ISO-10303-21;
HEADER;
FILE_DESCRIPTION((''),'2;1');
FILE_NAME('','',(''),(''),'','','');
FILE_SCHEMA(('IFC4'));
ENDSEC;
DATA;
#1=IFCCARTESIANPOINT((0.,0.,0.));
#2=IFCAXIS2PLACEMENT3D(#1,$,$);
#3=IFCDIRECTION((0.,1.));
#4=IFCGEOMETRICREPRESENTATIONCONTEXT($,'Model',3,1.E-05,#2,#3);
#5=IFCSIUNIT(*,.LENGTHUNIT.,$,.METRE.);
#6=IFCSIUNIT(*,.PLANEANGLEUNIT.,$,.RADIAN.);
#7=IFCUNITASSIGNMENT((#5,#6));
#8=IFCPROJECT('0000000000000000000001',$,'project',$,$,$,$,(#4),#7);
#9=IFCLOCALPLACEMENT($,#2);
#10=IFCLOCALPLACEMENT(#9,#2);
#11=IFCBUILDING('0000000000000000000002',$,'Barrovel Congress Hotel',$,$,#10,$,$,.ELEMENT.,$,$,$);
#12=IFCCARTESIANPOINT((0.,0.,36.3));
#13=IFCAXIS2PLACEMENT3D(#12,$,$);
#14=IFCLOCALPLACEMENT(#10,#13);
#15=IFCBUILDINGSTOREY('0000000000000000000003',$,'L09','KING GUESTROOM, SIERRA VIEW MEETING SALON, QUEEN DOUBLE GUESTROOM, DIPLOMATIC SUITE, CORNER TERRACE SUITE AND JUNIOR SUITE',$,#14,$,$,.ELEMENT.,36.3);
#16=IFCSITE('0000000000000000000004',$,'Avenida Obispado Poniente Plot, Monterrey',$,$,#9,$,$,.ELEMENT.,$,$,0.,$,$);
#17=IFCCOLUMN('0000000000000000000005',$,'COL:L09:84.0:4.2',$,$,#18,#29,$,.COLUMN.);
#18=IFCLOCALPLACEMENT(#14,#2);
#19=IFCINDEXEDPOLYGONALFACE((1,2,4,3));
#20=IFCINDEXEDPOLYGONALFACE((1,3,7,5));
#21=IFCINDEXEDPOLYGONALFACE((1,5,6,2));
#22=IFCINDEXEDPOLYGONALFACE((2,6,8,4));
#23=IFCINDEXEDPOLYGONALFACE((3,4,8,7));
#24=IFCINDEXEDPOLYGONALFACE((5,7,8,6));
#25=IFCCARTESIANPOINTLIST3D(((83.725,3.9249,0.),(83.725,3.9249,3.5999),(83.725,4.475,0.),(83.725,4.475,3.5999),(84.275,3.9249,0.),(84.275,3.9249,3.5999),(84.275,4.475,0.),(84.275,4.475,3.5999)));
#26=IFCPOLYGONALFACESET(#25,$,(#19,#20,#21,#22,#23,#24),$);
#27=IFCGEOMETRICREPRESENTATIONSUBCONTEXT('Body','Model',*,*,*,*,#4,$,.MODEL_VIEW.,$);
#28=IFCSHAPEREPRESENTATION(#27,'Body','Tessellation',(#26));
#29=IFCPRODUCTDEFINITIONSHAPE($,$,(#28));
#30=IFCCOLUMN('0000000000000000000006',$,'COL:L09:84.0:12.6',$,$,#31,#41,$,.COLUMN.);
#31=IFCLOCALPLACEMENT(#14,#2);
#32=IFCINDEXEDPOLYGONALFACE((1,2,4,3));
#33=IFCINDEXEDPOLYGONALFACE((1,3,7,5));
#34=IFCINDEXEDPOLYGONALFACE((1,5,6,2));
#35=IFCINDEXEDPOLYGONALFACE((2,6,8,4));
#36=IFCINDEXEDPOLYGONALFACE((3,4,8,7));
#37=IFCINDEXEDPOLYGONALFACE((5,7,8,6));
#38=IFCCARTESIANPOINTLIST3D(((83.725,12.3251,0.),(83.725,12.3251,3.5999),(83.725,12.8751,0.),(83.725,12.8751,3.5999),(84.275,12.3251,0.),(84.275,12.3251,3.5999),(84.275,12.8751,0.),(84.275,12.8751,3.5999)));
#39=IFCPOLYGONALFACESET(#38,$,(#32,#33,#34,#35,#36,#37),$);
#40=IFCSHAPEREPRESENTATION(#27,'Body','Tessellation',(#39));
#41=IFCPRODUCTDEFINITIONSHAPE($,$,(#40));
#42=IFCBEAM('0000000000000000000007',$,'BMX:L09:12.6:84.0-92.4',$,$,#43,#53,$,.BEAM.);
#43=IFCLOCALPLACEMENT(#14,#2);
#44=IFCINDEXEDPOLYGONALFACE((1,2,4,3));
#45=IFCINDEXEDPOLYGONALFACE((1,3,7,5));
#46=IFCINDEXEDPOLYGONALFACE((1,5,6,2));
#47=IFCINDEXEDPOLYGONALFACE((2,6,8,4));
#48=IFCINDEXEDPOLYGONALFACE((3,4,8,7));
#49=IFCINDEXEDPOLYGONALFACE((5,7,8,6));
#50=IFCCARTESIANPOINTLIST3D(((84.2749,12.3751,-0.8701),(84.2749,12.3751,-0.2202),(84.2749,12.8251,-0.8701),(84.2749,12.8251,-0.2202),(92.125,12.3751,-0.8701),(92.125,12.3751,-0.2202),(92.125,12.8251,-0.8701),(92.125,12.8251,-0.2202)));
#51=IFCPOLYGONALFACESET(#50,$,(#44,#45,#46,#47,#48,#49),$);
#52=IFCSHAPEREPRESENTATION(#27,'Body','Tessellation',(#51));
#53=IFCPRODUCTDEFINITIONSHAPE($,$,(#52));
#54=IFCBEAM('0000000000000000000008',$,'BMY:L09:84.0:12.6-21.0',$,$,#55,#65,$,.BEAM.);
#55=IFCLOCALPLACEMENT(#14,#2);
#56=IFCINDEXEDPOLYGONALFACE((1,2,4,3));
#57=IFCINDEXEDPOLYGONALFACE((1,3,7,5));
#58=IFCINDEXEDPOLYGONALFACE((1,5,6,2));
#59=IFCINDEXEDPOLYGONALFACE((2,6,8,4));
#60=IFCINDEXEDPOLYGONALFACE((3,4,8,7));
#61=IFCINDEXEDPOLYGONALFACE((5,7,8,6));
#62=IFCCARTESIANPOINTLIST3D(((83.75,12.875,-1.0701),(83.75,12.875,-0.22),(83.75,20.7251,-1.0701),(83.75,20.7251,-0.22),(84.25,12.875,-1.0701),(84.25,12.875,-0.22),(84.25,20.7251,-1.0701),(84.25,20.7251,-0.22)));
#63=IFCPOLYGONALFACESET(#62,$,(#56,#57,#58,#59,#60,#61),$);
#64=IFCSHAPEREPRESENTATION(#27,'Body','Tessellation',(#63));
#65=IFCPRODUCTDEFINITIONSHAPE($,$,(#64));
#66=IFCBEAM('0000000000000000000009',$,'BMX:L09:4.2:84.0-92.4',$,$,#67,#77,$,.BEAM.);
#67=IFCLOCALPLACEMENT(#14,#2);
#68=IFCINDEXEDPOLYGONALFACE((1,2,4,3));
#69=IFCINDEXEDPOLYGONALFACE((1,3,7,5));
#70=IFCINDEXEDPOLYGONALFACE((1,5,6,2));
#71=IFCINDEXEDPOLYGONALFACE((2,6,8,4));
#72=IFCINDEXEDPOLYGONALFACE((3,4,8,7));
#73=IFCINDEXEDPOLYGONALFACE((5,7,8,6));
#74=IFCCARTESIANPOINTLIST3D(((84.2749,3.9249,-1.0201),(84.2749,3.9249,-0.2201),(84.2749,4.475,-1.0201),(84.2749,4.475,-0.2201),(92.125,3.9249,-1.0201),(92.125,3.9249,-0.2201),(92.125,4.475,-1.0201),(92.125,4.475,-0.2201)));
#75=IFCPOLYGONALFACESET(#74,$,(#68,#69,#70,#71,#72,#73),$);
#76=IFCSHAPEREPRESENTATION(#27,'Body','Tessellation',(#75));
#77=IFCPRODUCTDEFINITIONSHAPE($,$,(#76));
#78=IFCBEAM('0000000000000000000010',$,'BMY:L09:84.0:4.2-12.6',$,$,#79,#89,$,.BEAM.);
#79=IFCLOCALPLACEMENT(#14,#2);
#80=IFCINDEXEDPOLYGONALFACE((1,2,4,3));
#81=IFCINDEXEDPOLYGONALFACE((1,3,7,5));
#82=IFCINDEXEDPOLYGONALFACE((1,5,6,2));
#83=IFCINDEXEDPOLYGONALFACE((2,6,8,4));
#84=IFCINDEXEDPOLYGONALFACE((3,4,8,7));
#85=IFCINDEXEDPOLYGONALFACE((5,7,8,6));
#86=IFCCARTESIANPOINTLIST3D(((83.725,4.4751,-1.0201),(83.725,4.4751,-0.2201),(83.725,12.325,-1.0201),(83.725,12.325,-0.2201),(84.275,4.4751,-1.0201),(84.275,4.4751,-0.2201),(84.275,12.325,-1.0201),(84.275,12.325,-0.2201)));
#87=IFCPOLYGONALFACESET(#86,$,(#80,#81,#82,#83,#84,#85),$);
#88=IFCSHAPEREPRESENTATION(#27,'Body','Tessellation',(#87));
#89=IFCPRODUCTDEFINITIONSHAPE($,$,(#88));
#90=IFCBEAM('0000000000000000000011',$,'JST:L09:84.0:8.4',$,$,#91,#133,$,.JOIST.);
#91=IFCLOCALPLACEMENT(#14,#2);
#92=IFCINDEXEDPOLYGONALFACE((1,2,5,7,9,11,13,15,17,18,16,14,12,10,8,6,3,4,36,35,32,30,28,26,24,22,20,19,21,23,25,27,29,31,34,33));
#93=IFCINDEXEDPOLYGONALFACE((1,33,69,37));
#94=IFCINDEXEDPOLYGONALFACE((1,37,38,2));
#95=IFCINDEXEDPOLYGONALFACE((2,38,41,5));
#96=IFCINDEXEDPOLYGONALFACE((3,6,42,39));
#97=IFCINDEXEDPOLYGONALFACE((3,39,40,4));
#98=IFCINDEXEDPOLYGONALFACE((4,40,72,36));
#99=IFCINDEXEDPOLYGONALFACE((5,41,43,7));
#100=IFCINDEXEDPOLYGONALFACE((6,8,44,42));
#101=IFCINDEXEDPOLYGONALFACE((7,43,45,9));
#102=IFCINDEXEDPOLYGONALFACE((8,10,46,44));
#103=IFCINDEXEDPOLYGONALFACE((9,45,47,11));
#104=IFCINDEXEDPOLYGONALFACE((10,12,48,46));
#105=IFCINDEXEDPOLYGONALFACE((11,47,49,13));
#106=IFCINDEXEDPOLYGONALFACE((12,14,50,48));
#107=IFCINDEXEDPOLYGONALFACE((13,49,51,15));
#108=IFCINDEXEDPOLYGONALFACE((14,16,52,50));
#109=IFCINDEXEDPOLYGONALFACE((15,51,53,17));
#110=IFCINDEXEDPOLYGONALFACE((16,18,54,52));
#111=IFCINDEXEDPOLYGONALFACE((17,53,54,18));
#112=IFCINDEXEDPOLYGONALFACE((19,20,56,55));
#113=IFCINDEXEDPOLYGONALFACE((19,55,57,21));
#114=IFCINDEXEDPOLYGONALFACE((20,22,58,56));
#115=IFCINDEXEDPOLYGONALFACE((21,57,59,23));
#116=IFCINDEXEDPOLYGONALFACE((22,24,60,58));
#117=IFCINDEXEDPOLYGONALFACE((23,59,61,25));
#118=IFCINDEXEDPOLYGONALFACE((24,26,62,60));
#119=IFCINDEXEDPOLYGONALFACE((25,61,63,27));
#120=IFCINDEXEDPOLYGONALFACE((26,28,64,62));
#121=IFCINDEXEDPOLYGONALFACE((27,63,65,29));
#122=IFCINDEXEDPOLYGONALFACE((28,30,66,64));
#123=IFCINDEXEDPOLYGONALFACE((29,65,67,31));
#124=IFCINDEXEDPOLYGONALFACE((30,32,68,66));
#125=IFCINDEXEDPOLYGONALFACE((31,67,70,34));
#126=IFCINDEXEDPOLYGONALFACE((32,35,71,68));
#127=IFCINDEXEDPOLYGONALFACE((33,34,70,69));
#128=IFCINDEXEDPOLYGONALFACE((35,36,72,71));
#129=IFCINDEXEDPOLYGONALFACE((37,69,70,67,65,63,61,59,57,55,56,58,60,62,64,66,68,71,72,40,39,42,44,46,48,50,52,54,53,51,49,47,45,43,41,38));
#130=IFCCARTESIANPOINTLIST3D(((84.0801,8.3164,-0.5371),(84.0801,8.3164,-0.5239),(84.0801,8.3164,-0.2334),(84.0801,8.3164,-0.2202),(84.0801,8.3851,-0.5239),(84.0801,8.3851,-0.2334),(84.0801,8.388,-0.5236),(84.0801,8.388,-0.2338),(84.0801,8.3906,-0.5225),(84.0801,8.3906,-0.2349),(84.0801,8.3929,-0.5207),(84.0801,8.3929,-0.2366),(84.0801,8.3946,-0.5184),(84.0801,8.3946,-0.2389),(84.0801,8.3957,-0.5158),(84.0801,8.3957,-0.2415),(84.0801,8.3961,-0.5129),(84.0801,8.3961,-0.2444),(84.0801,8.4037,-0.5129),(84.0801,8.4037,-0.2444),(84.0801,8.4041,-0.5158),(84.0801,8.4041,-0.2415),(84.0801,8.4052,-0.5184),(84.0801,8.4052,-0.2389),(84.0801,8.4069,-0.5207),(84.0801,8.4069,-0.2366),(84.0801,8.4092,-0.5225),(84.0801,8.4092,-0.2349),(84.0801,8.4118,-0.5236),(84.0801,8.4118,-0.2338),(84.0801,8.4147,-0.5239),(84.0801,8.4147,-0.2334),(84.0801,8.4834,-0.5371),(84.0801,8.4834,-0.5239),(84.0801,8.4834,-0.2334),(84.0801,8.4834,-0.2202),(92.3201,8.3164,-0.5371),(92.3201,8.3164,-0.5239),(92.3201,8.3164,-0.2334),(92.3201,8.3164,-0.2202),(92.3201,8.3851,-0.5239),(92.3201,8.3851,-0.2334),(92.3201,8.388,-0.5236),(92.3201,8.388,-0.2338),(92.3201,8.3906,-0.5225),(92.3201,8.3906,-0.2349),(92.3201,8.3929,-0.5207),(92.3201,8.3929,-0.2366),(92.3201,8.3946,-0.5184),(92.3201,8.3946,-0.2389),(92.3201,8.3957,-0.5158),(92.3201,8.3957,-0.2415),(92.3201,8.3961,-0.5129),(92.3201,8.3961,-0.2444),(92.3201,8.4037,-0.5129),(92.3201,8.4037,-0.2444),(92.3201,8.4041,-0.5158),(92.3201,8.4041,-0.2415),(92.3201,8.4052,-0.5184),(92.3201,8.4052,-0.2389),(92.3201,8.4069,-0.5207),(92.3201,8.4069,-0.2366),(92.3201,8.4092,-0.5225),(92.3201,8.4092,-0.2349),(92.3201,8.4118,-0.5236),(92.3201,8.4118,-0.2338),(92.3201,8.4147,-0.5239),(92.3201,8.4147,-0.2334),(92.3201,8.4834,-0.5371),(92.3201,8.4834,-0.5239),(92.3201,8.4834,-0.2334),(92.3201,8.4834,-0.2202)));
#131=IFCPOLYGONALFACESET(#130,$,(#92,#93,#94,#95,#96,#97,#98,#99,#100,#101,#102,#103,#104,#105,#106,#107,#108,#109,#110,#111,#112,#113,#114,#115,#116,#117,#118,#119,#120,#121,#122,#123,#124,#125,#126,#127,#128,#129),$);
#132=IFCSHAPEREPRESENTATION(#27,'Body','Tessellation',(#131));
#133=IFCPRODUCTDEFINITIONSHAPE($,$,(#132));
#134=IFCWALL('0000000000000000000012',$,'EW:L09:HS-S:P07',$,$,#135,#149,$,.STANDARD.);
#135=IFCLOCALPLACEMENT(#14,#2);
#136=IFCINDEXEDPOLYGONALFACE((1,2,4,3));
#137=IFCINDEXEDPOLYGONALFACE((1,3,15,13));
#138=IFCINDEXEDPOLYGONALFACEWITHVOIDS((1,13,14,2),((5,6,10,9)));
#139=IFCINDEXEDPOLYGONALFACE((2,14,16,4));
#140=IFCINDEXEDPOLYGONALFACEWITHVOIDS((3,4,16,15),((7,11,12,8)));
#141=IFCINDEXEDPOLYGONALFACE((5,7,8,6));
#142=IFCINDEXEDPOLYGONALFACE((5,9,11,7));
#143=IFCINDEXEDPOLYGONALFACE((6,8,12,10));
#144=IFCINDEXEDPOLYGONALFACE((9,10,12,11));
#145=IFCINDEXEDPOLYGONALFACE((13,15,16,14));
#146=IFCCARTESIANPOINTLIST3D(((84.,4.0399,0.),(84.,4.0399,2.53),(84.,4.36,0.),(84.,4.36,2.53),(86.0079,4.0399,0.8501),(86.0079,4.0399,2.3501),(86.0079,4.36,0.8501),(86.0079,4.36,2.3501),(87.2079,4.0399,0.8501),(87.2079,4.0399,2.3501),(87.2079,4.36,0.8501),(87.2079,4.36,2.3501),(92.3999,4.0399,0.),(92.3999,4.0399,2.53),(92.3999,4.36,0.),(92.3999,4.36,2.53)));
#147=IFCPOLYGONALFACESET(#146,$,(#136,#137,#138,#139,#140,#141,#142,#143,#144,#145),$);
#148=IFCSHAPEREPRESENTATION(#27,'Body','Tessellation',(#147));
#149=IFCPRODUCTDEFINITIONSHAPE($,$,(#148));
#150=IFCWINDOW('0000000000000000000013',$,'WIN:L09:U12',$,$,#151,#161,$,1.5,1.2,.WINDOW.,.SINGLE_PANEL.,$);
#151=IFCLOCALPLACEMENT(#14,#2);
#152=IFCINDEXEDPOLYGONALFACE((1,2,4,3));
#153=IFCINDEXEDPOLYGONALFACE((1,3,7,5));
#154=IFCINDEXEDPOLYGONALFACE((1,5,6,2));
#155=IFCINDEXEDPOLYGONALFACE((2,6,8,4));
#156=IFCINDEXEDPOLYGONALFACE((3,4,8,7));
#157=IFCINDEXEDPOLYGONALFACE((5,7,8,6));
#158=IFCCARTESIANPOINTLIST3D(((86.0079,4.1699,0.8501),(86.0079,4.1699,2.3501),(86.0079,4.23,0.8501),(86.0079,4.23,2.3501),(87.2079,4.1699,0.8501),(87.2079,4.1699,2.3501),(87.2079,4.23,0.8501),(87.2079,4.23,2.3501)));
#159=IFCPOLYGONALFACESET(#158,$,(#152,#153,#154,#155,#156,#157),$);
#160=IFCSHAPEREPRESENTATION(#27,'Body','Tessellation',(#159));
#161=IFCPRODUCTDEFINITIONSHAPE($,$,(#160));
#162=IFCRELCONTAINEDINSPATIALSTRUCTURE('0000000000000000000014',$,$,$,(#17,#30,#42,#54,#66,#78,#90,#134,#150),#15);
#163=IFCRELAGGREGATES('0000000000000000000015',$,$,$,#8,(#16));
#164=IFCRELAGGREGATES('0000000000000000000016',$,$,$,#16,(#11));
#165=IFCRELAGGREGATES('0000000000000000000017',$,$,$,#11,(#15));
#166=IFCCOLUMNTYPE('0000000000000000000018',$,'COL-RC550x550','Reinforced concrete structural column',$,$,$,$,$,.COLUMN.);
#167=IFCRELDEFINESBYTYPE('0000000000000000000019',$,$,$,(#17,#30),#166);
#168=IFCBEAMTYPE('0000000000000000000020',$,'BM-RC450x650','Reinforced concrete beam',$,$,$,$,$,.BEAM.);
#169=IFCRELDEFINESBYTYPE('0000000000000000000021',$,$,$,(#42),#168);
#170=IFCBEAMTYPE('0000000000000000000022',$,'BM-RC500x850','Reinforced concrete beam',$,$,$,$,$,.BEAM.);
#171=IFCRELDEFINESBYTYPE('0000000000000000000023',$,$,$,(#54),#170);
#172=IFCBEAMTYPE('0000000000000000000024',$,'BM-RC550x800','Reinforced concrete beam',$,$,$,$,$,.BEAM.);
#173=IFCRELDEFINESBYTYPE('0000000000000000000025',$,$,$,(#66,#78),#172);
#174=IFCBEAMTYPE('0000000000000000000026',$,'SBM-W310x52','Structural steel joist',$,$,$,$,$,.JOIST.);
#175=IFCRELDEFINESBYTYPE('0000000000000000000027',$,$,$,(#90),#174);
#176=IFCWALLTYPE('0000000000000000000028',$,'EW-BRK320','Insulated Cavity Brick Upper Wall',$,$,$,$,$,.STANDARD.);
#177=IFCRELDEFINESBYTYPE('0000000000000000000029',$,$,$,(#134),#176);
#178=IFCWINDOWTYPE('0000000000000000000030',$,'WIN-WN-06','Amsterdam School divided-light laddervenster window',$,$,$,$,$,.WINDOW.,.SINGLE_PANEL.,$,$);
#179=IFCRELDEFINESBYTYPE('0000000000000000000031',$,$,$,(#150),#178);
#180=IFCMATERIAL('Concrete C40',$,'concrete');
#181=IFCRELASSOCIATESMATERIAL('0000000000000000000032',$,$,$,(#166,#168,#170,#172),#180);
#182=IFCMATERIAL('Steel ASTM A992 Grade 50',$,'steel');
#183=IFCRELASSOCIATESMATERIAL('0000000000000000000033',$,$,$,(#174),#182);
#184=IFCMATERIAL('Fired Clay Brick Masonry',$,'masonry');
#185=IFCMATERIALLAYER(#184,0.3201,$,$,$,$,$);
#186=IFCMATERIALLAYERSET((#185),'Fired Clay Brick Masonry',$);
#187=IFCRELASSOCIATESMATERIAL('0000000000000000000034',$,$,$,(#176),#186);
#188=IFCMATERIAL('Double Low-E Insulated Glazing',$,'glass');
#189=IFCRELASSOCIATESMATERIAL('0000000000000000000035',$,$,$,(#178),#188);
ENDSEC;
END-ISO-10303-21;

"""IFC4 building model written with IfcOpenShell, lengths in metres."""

from ifc_helpers import new_model, si_unit, direction, frame, frame_2d, origin, origin_2d, place, context, subcontext, project, spatial, rectangle, i_section, extrude, material, layer, layer_set, material_profile, profile_set, type_object, element, fill, save


model = new_model("IFC4")

# Units and contexts
model_context = context("Model", 3, precision=1e-05, world=origin(), true_north=direction((0.0, 1.0)))
body_context = subcontext(model_context, "Body", "Model", "MODEL_VIEW")
ifc_project = project(units=[si_unit("LENGTHUNIT", "METRE"), si_unit("PLANEANGLEUNIT", "RADIAN")], contexts=[model_context])

# Site, building, storey
site_placement = place(None, origin())
site = spatial("IfcSite", under=ifc_project, at=site_placement, Name="Avenida Obispado Poniente Plot, Monterrey", CompositionType="ELEMENT", RefElevation=0.0)
building_placement = place(site_placement, origin())
building = spatial("IfcBuilding", under=site, at=building_placement, Name="Barrovel Congress Hotel", CompositionType="ELEMENT")
storey_placement = place(building_placement, frame((0.0, 0.0, 36.3)))
storey = spatial("IfcBuildingStorey", under=building, at=storey_placement, Name="L09", Description="KING GUESTROOM, SIERRA VIEW MEETING SALON, QUEEN DOUBLE GUESTROOM, DIPLOMATIC SUITE, CORNER TERRACE SUITE AND JUNIOR SUITE", CompositionType="ELEMENT", Elevation=36.3)

# Columns
ifc_material_1 = material(Name="Concrete C40", Category="concrete")
ifc_material_profile_1 = material_profile(ifc_material_1, rectangle(XDim=0.55, YDim=0.55, at=origin_2d()), Name="RC550x550")
ifc_profile_set_1 = profile_set([ifc_material_profile_1], Name="Concrete C40")
column_type = type_object("IfcColumnType", Name="COL-RC550x550", Description="Reinforced concrete structural column", PredefinedType="COLUMN", material=ifc_profile_set_1)
for number, where, z_axis, x_axis, name in (
    (1, (84.0, 4.2, 0.0), (0.0, 0.0, 1.0), (1.0, 0.0, 0.0), "COL:L09:84.0:4.2"),
    (2, (84.0, 12.6001, 0.0), (0.0, 0.0, 1.0), (1.0, 0.0, 0.0), "COL:L09:84.0:12.6"),
):
    element("IfcColumn", number, at=place(storey_placement, frame(where, z_axis=z_axis, x_axis=x_axis)), inside=storey, type_object=column_type, Name=name, PredefinedType="COLUMN", context=body_context, shape_type="SweptSolid", body=[
        extrude(rectangle(XDim=0.55, YDim=0.55, at=origin_2d()), origin(), (0.0, 0.0, 1.0), 3.5999),
    ])

# Beams
ifc_material_profile_2 = material_profile(ifc_material_1, rectangle(XDim=0.45, YDim=0.6499, at=origin_2d()), Name="RC450x650")
ifc_profile_set_2 = profile_set([ifc_material_profile_2], Name="Concrete C40")
beam_type_1 = type_object("IfcBeamType", Name="BM-RC450x650", Description="Reinforced concrete beam", PredefinedType="BEAM", material=ifc_profile_set_2)
beam_1_placement = place(storey_placement, frame((84.2749, 12.6001, -0.5452), z_axis=(1.0, 0.0, 0.0), x_axis=(0.0, 1.0, 0.0)))
element("IfcBeam", 3, at=beam_1_placement, inside=storey, type_object=beam_type_1, Name="BMX:L09:12.6:84.0-92.4", PredefinedType="BEAM", context=body_context, shape_type="SweptSolid", body=[
    extrude(rectangle(XDim=0.45, YDim=0.6499, at=origin_2d()), origin(), (0.0, 0.0, 1.0), 7.8501),
])
ifc_material_profile_3 = material_profile(ifc_material_1, rectangle(XDim=0.5, YDim=0.8501, at=origin_2d()), Name="RC500x850")
ifc_profile_set_3 = profile_set([ifc_material_profile_3], Name="Concrete C40")
beam_type_2 = type_object("IfcBeamType", Name="BM-RC500x850", Description="Reinforced concrete beam", PredefinedType="BEAM", material=ifc_profile_set_3)
beam_2_placement = place(storey_placement, frame((84.0, 12.875, -0.645), z_axis=(0.0, 1.0, 0.0), x_axis=(-1.0, 0.0, 0.0)))
element("IfcBeam", 4, at=beam_2_placement, inside=storey, type_object=beam_type_2, Name="BMY:L09:84.0:12.6-21.0", PredefinedType="BEAM", context=body_context, shape_type="SweptSolid", body=[
    extrude(rectangle(XDim=0.5, YDim=0.8501, at=origin_2d()), origin(), (0.0, 0.0, 1.0), 7.8501),
])
ifc_material_profile_4 = material_profile(ifc_material_1, rectangle(XDim=0.55, YDim=0.8, at=origin_2d()), Name="RC550x800")
ifc_profile_set_4 = profile_set([ifc_material_profile_4], Name="Concrete C40")
beam_type_3 = type_object("IfcBeamType", Name="BM-RC550x800", Description="Reinforced concrete beam", PredefinedType="BEAM", material=ifc_profile_set_4)
beam_3_placement = place(storey_placement, frame((84.2749, 4.2, -0.6201), z_axis=(1.0, 0.0, 0.0), x_axis=(0.0, 1.0, 0.0)))
element("IfcBeam", 5, at=beam_3_placement, inside=storey, type_object=beam_type_3, Name="BMX:L09:4.2:84.0-92.4", PredefinedType="BEAM", context=body_context, shape_type="SweptSolid", body=[
    extrude(rectangle(XDim=0.55, YDim=0.8, at=origin_2d()), origin(), (0.0, 0.0, 1.0), 7.8501),
])
beam_4_placement = place(storey_placement, frame((84.0, 4.4751, -0.6201), z_axis=(0.0, 1.0, 0.0), x_axis=(-1.0, 0.0, 0.0)))
element("IfcBeam", 6, at=beam_4_placement, inside=storey, type_object=beam_type_3, Name="BMY:L09:84.0:4.2-12.6", PredefinedType="BEAM", context=body_context, shape_type="SweptSolid", body=[
    extrude(rectangle(XDim=0.55, YDim=0.8, at=origin_2d()), origin(), (0.0, 0.0, 1.0), 7.8499),
])
ifc_material_2 = material(Name="Steel ASTM A992 Grade 50", Category="steel")
ifc_material_profile_5 = material_profile(ifc_material_2, i_section(OverallWidth=0.167, OverallDepth=0.3169, WebThickness=0.0076, FlangeThickness=0.0132, FilletRadius=0.011, at=origin_2d()), Name="W310x52")
ifc_profile_set_5 = profile_set([ifc_material_profile_5], Name="Steel ASTM A992 Grade 50")
beam_type_4 = type_object("IfcBeamType", Name="SBM-W310x52", Description="Structural steel joist", PredefinedType="JOIST", material=ifc_profile_set_5)
beam_5_placement = place(storey_placement, frame((84.0801, 8.3999, -0.3787), z_axis=(1.0, 0.0, 0.0), x_axis=(0.0, 1.0, 0.0)))
element("IfcBeam", 7, at=beam_5_placement, inside=storey, type_object=beam_type_4, Name="JST:L09:84.0:8.4", PredefinedType="JOIST", context=body_context, shape_type="SweptSolid", body=[
    extrude(i_section(OverallWidth=0.167, OverallDepth=0.3169, WebThickness=0.0076, FlangeThickness=0.0132, FilletRadius=0.011, at=origin_2d()), origin(), (0.0, 0.0, 1.0), 8.24),
])

# Wall, opening, window
ifc_material_3 = material(Name="Fired Clay Brick Masonry", Category="masonry")
ifc_layer_1 = layer(ifc_material_3, 0.3201)
ifc_layer_set_1 = layer_set([ifc_layer_1], Name="Fired Clay Brick Masonry")
wall_type_1 = type_object("IfcWallType", Name="EW-BRK320", Description="Insulated Cavity Brick Upper Wall", PredefinedType="STANDARD", material=ifc_layer_set_1)
wall_1_placement = place(storey_placement, frame((84.0, 4.2, 0.0), z_axis=(0.0, 0.0, 1.0), x_axis=(1.0, 0.0, 0.0)))
wall_1 = element("IfcWall", 8, at=wall_1_placement, inside=storey, type_object=wall_type_1, Name="EW:L09:HS-S:P07", PredefinedType="STANDARD", context=body_context, shape_type="SweptSolid", body=[
    extrude(rectangle(XDim=8.3999, YDim=0.3201, at=frame_2d((4.2, 0.0))), origin(), (0.0, 0.0, 1.0), 2.53),
])
opening_1_placement = place(wall_1_placement, frame((2.0078, 0.0, 0.8501)))
opening_1 = element("IfcOpeningElement", 9, at=opening_1_placement, cuts=wall_1, PredefinedType="OPENING", context=body_context, shape_type="SweptSolid", body=[
    extrude(rectangle(XDim=1.2, YDim=1.5, at=frame_2d((0.6001, 0.75))), frame((0.0, 0.1699, 0.0), z_axis=(0.0, -1.0, 0.0), x_axis=(1.0, 0.0, 0.0)), (0.0, 0.0, 1.0), 0.3401),
])
ifc_material_4 = material(Name="Double Low-E Insulated Glazing", Category="glass")
window_type = type_object("IfcWindowType", Name="WIN-WN-06", Description="Amsterdam School divided-light laddervenster window", PartitioningType="SINGLE_PANEL", PredefinedType="WINDOW", material=ifc_material_4)
window_placement = place(opening_1_placement, origin())
window = element("IfcWindow", 10, at=window_placement, inside=storey, type_object=window_type, Name="WIN:L09:U12", OverallHeight=1.5, OverallWidth=1.2, PartitioningType="SINGLE_PANEL", PredefinedType="WINDOW", context=body_context, shape_type="SweptSolid", body=[
    extrude(rectangle(XDim=1.2, YDim=1.5, at=frame_2d((0.6001, 0.75))), frame((0.0, 0.03, 0.0), z_axis=(0.0, -1.0, 0.0), x_axis=(1.0, 0.0, 0.0)), (0.0, 0.0, 1.0), 0.0601),
])
fill(opening_1, window)

save(model, "model.ifc")
